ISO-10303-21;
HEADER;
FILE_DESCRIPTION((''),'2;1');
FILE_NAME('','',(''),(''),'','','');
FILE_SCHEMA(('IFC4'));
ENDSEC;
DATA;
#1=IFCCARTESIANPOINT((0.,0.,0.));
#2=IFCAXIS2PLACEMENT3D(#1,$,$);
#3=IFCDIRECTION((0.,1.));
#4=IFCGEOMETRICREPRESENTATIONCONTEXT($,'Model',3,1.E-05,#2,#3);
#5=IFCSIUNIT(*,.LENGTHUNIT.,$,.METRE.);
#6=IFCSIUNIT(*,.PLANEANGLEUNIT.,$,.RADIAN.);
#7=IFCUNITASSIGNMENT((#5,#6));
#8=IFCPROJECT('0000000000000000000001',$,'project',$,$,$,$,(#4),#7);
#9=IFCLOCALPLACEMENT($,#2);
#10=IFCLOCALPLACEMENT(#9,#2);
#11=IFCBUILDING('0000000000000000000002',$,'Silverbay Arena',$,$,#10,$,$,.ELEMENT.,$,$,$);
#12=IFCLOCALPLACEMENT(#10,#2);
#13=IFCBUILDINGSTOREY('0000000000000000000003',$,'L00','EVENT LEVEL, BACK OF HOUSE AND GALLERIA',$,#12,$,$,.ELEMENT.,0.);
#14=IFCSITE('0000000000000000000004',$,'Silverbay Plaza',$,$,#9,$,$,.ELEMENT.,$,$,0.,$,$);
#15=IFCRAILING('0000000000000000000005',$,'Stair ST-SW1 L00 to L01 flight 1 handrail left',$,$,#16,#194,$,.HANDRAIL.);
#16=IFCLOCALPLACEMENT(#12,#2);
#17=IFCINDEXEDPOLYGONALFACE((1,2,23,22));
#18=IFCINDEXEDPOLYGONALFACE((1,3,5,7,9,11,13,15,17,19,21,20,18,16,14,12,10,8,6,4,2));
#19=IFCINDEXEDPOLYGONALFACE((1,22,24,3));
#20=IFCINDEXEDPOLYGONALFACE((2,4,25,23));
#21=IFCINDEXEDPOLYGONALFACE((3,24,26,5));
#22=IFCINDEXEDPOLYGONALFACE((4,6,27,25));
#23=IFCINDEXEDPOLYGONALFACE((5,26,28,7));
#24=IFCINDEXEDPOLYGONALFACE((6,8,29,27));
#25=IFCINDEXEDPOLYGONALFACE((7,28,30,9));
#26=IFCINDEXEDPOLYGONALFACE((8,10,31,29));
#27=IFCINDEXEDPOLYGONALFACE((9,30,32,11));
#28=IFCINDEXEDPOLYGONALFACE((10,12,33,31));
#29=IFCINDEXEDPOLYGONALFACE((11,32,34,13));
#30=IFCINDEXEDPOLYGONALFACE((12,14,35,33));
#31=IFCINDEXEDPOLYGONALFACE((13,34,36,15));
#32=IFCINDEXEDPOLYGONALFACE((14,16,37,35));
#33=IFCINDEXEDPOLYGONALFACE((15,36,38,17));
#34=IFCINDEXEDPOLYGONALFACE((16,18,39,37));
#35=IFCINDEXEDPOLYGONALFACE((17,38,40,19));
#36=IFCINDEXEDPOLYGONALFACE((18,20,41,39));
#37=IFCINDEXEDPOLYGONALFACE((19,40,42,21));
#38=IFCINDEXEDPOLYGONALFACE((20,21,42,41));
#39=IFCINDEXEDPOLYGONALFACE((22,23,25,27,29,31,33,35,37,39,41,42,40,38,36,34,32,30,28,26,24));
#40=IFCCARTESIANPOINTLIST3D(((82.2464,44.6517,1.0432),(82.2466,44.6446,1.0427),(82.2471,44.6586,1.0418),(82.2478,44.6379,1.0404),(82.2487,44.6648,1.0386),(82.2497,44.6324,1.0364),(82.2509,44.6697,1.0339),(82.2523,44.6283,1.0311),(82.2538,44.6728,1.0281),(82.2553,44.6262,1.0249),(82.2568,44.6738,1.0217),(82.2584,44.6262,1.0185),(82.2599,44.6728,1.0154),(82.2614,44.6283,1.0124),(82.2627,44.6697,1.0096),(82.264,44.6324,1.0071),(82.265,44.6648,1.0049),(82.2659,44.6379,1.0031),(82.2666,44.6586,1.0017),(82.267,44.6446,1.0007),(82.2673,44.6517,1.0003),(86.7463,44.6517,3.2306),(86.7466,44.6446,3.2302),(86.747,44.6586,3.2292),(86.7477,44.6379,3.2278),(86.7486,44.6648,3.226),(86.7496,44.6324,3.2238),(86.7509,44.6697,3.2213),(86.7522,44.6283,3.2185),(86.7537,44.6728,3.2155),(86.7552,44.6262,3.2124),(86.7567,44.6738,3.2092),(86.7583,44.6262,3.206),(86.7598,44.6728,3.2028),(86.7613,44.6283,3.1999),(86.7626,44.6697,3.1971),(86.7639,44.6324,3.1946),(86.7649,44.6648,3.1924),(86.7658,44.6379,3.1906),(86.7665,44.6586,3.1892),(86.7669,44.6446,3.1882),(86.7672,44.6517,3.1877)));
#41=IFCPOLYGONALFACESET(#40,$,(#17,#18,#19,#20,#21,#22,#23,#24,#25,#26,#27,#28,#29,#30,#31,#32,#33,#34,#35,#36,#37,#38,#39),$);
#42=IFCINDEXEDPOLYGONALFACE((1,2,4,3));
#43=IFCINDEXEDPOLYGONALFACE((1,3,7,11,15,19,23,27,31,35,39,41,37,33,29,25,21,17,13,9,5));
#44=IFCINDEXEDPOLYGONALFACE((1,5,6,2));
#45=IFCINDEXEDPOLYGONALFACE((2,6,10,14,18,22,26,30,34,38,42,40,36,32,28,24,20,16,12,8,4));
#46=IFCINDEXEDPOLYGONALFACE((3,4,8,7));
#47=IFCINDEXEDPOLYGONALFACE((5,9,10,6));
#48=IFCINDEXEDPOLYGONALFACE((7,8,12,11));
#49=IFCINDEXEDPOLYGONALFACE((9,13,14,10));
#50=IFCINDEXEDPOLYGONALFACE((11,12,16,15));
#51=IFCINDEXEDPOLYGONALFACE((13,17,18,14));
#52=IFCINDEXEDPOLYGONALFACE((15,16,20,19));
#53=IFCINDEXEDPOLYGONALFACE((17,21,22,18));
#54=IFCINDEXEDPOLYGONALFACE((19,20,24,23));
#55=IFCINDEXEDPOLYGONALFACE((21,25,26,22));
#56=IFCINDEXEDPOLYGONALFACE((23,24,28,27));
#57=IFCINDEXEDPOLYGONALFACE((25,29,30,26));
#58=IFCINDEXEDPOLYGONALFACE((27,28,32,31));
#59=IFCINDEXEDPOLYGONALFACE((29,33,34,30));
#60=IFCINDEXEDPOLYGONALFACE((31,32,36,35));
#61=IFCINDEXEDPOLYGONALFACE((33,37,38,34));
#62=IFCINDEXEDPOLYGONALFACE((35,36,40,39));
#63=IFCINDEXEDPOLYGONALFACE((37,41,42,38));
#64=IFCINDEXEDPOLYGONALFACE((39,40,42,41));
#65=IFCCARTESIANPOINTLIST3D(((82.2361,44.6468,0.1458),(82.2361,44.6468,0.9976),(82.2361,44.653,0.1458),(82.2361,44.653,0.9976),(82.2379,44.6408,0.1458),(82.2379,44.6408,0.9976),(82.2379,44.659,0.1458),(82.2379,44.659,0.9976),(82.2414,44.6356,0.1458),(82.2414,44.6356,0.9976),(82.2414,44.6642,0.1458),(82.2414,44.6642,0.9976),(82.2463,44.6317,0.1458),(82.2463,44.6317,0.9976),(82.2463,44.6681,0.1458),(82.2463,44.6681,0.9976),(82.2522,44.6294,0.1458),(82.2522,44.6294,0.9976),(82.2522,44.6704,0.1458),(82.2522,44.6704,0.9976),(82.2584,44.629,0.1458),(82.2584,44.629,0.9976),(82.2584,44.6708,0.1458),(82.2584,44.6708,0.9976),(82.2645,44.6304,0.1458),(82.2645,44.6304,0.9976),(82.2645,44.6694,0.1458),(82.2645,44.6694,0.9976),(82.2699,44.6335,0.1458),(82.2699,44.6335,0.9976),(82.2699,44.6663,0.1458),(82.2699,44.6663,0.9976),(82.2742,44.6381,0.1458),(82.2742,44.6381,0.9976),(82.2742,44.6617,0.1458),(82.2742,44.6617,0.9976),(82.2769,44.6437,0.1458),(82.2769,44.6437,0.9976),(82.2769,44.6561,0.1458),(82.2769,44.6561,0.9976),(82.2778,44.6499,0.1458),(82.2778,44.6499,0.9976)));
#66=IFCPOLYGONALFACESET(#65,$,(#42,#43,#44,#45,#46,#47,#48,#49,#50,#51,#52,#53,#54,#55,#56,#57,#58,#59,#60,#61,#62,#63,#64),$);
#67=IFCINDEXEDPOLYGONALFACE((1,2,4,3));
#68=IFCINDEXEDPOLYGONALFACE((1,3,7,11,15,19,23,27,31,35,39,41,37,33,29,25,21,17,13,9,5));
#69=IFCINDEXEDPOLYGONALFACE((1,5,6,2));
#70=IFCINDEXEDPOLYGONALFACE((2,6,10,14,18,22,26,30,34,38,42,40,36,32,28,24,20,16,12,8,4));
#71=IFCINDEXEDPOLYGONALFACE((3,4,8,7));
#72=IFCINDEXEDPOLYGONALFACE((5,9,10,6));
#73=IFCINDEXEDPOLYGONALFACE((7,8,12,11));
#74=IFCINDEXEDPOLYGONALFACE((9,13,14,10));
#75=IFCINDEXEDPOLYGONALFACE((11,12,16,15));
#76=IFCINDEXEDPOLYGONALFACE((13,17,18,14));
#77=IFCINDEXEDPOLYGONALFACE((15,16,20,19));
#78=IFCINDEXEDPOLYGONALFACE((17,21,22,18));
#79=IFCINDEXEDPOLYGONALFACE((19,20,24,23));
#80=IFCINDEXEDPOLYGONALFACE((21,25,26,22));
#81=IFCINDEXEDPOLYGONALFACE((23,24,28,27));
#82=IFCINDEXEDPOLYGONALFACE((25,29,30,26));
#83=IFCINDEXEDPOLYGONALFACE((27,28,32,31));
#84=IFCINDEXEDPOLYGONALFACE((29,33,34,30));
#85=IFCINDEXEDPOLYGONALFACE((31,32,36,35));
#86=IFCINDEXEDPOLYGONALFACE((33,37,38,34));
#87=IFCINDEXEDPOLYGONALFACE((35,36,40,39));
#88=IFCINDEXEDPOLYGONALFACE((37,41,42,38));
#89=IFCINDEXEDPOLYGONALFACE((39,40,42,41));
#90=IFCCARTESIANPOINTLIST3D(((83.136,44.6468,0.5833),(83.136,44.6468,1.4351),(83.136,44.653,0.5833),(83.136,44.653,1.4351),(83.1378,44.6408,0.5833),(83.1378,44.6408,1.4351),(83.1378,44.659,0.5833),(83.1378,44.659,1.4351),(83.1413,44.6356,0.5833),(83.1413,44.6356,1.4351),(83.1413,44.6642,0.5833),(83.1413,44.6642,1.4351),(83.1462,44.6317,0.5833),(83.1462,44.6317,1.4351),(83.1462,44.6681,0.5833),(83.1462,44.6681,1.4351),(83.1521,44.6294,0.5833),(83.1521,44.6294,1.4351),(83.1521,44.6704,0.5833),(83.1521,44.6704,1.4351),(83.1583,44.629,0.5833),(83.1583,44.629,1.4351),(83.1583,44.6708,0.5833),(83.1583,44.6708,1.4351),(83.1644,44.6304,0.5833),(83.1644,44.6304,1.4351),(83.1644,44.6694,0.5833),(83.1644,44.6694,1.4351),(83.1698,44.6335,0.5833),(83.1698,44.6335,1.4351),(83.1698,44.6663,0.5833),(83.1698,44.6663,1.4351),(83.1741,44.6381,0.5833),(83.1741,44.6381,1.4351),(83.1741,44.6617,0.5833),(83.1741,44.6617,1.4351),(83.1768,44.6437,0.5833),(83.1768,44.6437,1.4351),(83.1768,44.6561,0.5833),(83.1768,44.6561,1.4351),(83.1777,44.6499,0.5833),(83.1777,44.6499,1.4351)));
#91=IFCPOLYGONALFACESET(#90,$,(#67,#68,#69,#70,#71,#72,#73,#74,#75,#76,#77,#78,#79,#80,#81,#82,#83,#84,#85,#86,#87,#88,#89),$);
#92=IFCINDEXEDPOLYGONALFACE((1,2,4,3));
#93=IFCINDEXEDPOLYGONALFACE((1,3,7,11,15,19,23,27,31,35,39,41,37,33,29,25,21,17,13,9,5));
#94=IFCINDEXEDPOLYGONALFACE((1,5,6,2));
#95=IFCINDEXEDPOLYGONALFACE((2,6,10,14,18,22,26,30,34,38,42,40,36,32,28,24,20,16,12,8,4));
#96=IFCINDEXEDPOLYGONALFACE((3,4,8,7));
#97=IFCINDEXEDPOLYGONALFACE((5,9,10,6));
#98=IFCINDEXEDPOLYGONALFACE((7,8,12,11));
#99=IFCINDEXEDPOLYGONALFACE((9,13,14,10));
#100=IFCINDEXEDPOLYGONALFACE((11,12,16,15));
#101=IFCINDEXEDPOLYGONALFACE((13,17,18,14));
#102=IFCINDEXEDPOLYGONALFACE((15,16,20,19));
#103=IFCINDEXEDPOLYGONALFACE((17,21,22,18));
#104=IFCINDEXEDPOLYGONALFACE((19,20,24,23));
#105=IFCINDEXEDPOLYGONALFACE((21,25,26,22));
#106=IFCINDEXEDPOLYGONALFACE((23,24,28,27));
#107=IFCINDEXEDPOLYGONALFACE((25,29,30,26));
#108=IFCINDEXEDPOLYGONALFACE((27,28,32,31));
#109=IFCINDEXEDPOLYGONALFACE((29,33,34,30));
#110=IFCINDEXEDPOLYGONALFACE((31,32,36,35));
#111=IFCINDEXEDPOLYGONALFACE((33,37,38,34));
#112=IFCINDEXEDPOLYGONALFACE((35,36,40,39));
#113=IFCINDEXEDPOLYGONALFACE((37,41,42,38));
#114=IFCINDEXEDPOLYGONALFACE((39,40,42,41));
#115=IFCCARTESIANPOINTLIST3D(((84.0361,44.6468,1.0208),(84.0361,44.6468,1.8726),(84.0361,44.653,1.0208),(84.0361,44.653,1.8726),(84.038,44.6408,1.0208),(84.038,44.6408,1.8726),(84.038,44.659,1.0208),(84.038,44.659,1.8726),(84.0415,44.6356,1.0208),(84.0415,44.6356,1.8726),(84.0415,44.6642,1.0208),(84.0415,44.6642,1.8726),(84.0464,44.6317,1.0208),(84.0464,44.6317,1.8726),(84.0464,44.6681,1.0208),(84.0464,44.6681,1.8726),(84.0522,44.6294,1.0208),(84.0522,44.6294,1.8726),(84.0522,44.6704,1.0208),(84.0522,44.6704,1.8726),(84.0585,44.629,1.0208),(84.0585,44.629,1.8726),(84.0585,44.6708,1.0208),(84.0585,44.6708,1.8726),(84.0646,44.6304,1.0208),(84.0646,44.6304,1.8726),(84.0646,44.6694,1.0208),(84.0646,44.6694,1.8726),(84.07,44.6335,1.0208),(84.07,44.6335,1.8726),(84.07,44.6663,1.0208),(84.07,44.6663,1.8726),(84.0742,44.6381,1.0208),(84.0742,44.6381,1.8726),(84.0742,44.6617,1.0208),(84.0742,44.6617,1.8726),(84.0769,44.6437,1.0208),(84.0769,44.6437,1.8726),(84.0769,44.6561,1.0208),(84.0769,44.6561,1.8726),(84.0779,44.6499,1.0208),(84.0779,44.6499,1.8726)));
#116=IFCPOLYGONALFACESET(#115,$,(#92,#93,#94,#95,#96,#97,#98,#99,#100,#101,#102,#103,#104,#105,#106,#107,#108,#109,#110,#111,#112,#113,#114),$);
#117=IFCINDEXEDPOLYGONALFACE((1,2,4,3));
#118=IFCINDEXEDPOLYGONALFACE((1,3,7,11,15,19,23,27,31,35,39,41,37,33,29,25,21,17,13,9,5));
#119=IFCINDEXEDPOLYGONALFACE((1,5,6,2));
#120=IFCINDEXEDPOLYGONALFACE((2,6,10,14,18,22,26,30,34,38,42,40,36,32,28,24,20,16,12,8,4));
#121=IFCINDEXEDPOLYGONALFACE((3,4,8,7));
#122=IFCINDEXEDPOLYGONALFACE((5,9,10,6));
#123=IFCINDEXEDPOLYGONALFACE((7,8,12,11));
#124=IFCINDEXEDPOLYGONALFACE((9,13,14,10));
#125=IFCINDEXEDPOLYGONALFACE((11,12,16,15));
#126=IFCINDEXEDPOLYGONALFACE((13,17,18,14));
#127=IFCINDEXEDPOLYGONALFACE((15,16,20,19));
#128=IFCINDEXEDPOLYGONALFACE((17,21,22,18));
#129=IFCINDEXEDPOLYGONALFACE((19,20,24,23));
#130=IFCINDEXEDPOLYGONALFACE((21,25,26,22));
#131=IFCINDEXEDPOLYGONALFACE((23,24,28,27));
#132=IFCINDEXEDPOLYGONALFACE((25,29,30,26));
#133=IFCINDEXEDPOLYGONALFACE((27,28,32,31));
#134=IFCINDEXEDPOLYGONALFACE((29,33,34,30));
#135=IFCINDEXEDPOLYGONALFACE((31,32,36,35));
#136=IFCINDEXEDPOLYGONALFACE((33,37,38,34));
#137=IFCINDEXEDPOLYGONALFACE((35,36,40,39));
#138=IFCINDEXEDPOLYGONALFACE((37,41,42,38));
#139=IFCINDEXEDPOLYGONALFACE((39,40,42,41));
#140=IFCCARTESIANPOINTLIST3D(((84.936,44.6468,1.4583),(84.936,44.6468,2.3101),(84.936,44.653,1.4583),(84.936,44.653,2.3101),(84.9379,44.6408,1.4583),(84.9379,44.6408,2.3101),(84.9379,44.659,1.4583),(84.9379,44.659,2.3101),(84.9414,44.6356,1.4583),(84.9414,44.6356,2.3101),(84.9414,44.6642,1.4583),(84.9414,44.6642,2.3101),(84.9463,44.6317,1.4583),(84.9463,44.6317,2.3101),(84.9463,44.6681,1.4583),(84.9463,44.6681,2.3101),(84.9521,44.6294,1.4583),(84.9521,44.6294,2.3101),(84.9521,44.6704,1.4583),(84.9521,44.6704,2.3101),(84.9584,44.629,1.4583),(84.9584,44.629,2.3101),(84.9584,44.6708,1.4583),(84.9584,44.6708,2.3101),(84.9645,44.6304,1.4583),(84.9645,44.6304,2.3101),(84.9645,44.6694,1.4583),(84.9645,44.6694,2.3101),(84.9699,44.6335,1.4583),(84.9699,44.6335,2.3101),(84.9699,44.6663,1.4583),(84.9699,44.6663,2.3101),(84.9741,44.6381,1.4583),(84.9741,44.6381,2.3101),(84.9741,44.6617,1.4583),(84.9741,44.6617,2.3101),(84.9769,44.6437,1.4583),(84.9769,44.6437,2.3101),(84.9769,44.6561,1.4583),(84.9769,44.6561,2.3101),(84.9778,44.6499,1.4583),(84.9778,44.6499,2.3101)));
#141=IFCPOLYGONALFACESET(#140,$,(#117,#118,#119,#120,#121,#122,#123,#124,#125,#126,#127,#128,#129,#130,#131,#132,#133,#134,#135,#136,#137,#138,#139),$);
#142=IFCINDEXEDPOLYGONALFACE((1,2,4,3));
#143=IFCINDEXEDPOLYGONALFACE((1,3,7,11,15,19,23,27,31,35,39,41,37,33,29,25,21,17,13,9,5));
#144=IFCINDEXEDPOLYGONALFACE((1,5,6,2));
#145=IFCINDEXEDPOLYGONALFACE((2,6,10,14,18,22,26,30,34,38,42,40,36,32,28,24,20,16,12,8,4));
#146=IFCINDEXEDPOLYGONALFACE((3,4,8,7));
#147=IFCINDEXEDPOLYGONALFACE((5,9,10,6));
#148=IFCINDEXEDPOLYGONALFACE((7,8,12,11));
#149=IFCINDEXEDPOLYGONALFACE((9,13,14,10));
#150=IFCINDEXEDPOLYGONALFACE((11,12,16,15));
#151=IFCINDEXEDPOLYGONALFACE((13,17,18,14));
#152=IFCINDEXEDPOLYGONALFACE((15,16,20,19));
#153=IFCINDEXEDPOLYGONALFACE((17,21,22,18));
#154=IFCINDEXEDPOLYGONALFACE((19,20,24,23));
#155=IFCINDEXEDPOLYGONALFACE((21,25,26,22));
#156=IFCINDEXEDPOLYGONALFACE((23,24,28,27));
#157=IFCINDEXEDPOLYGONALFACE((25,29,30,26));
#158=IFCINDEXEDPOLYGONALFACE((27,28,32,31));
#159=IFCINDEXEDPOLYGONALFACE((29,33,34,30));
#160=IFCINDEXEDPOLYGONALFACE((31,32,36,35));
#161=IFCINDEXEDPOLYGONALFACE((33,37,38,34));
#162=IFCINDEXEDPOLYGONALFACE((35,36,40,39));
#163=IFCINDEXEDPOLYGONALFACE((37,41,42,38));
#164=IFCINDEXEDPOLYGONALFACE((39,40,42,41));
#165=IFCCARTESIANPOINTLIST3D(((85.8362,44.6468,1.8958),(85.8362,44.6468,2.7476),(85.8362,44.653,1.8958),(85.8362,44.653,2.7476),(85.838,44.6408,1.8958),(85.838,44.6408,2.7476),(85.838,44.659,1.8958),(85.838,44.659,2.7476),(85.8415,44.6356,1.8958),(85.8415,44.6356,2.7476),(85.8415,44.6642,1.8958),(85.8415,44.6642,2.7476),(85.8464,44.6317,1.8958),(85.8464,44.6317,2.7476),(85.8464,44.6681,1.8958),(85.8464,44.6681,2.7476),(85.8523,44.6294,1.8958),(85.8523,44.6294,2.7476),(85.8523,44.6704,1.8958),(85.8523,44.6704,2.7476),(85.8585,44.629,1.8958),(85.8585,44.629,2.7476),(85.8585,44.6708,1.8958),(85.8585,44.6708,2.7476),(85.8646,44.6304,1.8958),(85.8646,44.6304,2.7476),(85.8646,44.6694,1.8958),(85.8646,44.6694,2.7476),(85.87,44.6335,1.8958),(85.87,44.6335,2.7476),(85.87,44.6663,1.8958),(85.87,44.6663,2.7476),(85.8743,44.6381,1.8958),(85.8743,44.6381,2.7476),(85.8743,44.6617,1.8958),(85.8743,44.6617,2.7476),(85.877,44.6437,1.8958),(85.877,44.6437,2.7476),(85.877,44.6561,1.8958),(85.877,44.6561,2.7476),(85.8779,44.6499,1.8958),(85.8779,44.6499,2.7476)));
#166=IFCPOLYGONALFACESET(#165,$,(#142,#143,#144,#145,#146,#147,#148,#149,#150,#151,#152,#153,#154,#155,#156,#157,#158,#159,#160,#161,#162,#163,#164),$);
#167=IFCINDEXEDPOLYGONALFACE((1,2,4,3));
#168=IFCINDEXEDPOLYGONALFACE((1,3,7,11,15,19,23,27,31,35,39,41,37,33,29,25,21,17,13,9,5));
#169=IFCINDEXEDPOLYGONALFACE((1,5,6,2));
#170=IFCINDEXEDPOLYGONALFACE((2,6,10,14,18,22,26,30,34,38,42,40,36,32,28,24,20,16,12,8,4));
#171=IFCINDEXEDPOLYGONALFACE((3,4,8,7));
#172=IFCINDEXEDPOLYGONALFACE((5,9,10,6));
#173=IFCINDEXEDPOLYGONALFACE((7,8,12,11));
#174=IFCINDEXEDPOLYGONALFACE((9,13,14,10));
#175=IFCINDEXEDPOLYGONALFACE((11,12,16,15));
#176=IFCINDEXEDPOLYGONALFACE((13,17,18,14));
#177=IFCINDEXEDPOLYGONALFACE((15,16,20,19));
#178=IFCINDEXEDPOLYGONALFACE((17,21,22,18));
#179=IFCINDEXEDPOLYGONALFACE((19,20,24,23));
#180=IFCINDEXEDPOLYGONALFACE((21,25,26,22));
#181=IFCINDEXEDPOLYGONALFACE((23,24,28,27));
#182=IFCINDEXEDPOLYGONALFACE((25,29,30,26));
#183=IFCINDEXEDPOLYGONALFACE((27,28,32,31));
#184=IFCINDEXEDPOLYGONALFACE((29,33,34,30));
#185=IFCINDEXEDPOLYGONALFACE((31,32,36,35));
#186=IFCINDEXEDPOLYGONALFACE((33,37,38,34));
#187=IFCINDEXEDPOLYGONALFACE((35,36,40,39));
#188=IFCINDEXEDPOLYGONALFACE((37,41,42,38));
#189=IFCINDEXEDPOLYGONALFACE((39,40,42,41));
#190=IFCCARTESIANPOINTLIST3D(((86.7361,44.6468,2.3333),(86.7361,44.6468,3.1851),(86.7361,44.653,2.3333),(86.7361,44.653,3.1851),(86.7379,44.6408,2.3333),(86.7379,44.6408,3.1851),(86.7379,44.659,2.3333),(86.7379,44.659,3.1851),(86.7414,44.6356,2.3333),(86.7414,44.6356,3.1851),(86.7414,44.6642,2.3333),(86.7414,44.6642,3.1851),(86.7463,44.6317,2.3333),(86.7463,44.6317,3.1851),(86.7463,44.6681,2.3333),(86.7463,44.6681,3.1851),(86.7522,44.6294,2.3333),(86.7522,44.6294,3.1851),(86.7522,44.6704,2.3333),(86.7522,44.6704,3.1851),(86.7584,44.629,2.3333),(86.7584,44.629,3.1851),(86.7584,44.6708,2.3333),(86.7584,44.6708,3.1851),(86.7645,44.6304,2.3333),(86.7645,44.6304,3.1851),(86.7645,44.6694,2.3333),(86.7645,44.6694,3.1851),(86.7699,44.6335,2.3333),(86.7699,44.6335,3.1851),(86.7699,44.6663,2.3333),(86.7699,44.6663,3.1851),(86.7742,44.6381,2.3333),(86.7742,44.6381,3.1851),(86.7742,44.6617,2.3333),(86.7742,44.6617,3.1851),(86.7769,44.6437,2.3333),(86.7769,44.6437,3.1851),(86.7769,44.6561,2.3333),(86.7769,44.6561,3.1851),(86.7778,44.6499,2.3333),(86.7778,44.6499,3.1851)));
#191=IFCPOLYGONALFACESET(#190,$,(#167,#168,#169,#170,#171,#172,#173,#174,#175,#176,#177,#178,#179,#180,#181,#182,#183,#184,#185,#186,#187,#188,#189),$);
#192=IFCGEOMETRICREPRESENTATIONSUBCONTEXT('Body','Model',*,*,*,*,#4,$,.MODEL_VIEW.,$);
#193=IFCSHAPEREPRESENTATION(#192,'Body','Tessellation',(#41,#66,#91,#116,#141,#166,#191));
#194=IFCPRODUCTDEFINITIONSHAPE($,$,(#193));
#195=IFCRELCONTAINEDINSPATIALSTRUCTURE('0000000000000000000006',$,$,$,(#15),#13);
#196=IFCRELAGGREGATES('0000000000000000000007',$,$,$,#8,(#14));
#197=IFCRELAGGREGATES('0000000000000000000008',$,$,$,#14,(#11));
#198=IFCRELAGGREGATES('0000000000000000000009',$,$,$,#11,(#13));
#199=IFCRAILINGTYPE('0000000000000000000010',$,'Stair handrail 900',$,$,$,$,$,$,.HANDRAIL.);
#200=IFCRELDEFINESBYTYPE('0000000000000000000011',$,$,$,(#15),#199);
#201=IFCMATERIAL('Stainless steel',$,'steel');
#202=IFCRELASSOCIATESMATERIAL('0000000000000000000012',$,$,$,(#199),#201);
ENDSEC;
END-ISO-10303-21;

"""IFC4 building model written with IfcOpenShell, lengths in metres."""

from ifc_helpers import new_model, si_unit, direction, frame, origin, origin_2d, place, context, subcontext, project, spatial, circle, extrude, material, type_object, element, save


model = new_model("IFC4")

# Units and contexts
model_context = context("Model", 3, precision=1e-05, world=origin(), true_north=direction((0.0, 1.0)))
body_context = subcontext(model_context, "Body", "Model", "MODEL_VIEW")
ifc_project = project(units=[si_unit("LENGTHUNIT", "METRE"), si_unit("PLANEANGLEUNIT", "RADIAN")], contexts=[model_context])

# Site, building, storey
site_placement = place(None, origin())
site = spatial("IfcSite", under=ifc_project, at=site_placement, Name="Silverbay Plaza", CompositionType="ELEMENT", RefElevation=0.0)
building_placement = place(site_placement, origin())
building = spatial("IfcBuilding", under=site, at=building_placement, Name="Silverbay Arena", CompositionType="ELEMENT")
storey_placement = place(building_placement, origin())
storey = spatial("IfcBuildingStorey", under=building, at=storey_placement, Name="L00", Description="EVENT LEVEL, BACK OF HOUSE AND GALLERIA", CompositionType="ELEMENT", Elevation=0.0)

# Railing
ifc_material_1 = material(Name="Stainless steel", Category="steel")
railing_type_1 = type_object("IfcRailingType", Name="Stair handrail 900", PredefinedType="HANDRAIL", material=ifc_material_1)
for number, where, name in (
    (1, (82.2568, 44.6499, 0.1458), "Stair ST-SW1 L00 to L01 flight 1 handrail left"),
):
    element("IfcRailing", number, at=place(storey_placement, frame(where)), inside=storey, type_object=railing_type_1, Name=name, PredefinedType="HANDRAIL", context=body_context, shape_type="SweptSolid", body=[
        extrude(circle(Radius=0.0239, at=origin_2d()), frame((0.0, 0.0, 0.876), z_axis=(0.899368, 0.0, 0.437193), x_axis=(0.0, 1.0, 0.0)), (0.0, 0.0, 1.0), 5.0034),
        extrude(circle(Radius=0.021, at=origin_2d()), origin(), (0.0, 0.0, 1.0), 0.8518),
        extrude(circle(Radius=0.021, at=origin_2d()), frame((0.8999, 0.0, 0.4375)), (0.0, 0.0, 1.0), 0.8518),
        extrude(circle(Radius=0.021, at=origin_2d()), frame((1.8, 0.0, 0.875)), (0.0, 0.0, 1.0), 0.8518),
        extrude(circle(Radius=0.021, at=origin_2d()), frame((2.7, 0.0, 1.3125)), (0.0, 0.0, 1.0), 0.8518),
        extrude(circle(Radius=0.021, at=origin_2d()), frame((3.6001, 0.0, 1.75)), (0.0, 0.0, 1.0), 0.8518),
        extrude(circle(Radius=0.021, at=origin_2d()), frame((4.5, 0.0, 2.1875)), (0.0, 0.0, 1.0), 0.8518),
    ])

save(model, "model.ifc")
